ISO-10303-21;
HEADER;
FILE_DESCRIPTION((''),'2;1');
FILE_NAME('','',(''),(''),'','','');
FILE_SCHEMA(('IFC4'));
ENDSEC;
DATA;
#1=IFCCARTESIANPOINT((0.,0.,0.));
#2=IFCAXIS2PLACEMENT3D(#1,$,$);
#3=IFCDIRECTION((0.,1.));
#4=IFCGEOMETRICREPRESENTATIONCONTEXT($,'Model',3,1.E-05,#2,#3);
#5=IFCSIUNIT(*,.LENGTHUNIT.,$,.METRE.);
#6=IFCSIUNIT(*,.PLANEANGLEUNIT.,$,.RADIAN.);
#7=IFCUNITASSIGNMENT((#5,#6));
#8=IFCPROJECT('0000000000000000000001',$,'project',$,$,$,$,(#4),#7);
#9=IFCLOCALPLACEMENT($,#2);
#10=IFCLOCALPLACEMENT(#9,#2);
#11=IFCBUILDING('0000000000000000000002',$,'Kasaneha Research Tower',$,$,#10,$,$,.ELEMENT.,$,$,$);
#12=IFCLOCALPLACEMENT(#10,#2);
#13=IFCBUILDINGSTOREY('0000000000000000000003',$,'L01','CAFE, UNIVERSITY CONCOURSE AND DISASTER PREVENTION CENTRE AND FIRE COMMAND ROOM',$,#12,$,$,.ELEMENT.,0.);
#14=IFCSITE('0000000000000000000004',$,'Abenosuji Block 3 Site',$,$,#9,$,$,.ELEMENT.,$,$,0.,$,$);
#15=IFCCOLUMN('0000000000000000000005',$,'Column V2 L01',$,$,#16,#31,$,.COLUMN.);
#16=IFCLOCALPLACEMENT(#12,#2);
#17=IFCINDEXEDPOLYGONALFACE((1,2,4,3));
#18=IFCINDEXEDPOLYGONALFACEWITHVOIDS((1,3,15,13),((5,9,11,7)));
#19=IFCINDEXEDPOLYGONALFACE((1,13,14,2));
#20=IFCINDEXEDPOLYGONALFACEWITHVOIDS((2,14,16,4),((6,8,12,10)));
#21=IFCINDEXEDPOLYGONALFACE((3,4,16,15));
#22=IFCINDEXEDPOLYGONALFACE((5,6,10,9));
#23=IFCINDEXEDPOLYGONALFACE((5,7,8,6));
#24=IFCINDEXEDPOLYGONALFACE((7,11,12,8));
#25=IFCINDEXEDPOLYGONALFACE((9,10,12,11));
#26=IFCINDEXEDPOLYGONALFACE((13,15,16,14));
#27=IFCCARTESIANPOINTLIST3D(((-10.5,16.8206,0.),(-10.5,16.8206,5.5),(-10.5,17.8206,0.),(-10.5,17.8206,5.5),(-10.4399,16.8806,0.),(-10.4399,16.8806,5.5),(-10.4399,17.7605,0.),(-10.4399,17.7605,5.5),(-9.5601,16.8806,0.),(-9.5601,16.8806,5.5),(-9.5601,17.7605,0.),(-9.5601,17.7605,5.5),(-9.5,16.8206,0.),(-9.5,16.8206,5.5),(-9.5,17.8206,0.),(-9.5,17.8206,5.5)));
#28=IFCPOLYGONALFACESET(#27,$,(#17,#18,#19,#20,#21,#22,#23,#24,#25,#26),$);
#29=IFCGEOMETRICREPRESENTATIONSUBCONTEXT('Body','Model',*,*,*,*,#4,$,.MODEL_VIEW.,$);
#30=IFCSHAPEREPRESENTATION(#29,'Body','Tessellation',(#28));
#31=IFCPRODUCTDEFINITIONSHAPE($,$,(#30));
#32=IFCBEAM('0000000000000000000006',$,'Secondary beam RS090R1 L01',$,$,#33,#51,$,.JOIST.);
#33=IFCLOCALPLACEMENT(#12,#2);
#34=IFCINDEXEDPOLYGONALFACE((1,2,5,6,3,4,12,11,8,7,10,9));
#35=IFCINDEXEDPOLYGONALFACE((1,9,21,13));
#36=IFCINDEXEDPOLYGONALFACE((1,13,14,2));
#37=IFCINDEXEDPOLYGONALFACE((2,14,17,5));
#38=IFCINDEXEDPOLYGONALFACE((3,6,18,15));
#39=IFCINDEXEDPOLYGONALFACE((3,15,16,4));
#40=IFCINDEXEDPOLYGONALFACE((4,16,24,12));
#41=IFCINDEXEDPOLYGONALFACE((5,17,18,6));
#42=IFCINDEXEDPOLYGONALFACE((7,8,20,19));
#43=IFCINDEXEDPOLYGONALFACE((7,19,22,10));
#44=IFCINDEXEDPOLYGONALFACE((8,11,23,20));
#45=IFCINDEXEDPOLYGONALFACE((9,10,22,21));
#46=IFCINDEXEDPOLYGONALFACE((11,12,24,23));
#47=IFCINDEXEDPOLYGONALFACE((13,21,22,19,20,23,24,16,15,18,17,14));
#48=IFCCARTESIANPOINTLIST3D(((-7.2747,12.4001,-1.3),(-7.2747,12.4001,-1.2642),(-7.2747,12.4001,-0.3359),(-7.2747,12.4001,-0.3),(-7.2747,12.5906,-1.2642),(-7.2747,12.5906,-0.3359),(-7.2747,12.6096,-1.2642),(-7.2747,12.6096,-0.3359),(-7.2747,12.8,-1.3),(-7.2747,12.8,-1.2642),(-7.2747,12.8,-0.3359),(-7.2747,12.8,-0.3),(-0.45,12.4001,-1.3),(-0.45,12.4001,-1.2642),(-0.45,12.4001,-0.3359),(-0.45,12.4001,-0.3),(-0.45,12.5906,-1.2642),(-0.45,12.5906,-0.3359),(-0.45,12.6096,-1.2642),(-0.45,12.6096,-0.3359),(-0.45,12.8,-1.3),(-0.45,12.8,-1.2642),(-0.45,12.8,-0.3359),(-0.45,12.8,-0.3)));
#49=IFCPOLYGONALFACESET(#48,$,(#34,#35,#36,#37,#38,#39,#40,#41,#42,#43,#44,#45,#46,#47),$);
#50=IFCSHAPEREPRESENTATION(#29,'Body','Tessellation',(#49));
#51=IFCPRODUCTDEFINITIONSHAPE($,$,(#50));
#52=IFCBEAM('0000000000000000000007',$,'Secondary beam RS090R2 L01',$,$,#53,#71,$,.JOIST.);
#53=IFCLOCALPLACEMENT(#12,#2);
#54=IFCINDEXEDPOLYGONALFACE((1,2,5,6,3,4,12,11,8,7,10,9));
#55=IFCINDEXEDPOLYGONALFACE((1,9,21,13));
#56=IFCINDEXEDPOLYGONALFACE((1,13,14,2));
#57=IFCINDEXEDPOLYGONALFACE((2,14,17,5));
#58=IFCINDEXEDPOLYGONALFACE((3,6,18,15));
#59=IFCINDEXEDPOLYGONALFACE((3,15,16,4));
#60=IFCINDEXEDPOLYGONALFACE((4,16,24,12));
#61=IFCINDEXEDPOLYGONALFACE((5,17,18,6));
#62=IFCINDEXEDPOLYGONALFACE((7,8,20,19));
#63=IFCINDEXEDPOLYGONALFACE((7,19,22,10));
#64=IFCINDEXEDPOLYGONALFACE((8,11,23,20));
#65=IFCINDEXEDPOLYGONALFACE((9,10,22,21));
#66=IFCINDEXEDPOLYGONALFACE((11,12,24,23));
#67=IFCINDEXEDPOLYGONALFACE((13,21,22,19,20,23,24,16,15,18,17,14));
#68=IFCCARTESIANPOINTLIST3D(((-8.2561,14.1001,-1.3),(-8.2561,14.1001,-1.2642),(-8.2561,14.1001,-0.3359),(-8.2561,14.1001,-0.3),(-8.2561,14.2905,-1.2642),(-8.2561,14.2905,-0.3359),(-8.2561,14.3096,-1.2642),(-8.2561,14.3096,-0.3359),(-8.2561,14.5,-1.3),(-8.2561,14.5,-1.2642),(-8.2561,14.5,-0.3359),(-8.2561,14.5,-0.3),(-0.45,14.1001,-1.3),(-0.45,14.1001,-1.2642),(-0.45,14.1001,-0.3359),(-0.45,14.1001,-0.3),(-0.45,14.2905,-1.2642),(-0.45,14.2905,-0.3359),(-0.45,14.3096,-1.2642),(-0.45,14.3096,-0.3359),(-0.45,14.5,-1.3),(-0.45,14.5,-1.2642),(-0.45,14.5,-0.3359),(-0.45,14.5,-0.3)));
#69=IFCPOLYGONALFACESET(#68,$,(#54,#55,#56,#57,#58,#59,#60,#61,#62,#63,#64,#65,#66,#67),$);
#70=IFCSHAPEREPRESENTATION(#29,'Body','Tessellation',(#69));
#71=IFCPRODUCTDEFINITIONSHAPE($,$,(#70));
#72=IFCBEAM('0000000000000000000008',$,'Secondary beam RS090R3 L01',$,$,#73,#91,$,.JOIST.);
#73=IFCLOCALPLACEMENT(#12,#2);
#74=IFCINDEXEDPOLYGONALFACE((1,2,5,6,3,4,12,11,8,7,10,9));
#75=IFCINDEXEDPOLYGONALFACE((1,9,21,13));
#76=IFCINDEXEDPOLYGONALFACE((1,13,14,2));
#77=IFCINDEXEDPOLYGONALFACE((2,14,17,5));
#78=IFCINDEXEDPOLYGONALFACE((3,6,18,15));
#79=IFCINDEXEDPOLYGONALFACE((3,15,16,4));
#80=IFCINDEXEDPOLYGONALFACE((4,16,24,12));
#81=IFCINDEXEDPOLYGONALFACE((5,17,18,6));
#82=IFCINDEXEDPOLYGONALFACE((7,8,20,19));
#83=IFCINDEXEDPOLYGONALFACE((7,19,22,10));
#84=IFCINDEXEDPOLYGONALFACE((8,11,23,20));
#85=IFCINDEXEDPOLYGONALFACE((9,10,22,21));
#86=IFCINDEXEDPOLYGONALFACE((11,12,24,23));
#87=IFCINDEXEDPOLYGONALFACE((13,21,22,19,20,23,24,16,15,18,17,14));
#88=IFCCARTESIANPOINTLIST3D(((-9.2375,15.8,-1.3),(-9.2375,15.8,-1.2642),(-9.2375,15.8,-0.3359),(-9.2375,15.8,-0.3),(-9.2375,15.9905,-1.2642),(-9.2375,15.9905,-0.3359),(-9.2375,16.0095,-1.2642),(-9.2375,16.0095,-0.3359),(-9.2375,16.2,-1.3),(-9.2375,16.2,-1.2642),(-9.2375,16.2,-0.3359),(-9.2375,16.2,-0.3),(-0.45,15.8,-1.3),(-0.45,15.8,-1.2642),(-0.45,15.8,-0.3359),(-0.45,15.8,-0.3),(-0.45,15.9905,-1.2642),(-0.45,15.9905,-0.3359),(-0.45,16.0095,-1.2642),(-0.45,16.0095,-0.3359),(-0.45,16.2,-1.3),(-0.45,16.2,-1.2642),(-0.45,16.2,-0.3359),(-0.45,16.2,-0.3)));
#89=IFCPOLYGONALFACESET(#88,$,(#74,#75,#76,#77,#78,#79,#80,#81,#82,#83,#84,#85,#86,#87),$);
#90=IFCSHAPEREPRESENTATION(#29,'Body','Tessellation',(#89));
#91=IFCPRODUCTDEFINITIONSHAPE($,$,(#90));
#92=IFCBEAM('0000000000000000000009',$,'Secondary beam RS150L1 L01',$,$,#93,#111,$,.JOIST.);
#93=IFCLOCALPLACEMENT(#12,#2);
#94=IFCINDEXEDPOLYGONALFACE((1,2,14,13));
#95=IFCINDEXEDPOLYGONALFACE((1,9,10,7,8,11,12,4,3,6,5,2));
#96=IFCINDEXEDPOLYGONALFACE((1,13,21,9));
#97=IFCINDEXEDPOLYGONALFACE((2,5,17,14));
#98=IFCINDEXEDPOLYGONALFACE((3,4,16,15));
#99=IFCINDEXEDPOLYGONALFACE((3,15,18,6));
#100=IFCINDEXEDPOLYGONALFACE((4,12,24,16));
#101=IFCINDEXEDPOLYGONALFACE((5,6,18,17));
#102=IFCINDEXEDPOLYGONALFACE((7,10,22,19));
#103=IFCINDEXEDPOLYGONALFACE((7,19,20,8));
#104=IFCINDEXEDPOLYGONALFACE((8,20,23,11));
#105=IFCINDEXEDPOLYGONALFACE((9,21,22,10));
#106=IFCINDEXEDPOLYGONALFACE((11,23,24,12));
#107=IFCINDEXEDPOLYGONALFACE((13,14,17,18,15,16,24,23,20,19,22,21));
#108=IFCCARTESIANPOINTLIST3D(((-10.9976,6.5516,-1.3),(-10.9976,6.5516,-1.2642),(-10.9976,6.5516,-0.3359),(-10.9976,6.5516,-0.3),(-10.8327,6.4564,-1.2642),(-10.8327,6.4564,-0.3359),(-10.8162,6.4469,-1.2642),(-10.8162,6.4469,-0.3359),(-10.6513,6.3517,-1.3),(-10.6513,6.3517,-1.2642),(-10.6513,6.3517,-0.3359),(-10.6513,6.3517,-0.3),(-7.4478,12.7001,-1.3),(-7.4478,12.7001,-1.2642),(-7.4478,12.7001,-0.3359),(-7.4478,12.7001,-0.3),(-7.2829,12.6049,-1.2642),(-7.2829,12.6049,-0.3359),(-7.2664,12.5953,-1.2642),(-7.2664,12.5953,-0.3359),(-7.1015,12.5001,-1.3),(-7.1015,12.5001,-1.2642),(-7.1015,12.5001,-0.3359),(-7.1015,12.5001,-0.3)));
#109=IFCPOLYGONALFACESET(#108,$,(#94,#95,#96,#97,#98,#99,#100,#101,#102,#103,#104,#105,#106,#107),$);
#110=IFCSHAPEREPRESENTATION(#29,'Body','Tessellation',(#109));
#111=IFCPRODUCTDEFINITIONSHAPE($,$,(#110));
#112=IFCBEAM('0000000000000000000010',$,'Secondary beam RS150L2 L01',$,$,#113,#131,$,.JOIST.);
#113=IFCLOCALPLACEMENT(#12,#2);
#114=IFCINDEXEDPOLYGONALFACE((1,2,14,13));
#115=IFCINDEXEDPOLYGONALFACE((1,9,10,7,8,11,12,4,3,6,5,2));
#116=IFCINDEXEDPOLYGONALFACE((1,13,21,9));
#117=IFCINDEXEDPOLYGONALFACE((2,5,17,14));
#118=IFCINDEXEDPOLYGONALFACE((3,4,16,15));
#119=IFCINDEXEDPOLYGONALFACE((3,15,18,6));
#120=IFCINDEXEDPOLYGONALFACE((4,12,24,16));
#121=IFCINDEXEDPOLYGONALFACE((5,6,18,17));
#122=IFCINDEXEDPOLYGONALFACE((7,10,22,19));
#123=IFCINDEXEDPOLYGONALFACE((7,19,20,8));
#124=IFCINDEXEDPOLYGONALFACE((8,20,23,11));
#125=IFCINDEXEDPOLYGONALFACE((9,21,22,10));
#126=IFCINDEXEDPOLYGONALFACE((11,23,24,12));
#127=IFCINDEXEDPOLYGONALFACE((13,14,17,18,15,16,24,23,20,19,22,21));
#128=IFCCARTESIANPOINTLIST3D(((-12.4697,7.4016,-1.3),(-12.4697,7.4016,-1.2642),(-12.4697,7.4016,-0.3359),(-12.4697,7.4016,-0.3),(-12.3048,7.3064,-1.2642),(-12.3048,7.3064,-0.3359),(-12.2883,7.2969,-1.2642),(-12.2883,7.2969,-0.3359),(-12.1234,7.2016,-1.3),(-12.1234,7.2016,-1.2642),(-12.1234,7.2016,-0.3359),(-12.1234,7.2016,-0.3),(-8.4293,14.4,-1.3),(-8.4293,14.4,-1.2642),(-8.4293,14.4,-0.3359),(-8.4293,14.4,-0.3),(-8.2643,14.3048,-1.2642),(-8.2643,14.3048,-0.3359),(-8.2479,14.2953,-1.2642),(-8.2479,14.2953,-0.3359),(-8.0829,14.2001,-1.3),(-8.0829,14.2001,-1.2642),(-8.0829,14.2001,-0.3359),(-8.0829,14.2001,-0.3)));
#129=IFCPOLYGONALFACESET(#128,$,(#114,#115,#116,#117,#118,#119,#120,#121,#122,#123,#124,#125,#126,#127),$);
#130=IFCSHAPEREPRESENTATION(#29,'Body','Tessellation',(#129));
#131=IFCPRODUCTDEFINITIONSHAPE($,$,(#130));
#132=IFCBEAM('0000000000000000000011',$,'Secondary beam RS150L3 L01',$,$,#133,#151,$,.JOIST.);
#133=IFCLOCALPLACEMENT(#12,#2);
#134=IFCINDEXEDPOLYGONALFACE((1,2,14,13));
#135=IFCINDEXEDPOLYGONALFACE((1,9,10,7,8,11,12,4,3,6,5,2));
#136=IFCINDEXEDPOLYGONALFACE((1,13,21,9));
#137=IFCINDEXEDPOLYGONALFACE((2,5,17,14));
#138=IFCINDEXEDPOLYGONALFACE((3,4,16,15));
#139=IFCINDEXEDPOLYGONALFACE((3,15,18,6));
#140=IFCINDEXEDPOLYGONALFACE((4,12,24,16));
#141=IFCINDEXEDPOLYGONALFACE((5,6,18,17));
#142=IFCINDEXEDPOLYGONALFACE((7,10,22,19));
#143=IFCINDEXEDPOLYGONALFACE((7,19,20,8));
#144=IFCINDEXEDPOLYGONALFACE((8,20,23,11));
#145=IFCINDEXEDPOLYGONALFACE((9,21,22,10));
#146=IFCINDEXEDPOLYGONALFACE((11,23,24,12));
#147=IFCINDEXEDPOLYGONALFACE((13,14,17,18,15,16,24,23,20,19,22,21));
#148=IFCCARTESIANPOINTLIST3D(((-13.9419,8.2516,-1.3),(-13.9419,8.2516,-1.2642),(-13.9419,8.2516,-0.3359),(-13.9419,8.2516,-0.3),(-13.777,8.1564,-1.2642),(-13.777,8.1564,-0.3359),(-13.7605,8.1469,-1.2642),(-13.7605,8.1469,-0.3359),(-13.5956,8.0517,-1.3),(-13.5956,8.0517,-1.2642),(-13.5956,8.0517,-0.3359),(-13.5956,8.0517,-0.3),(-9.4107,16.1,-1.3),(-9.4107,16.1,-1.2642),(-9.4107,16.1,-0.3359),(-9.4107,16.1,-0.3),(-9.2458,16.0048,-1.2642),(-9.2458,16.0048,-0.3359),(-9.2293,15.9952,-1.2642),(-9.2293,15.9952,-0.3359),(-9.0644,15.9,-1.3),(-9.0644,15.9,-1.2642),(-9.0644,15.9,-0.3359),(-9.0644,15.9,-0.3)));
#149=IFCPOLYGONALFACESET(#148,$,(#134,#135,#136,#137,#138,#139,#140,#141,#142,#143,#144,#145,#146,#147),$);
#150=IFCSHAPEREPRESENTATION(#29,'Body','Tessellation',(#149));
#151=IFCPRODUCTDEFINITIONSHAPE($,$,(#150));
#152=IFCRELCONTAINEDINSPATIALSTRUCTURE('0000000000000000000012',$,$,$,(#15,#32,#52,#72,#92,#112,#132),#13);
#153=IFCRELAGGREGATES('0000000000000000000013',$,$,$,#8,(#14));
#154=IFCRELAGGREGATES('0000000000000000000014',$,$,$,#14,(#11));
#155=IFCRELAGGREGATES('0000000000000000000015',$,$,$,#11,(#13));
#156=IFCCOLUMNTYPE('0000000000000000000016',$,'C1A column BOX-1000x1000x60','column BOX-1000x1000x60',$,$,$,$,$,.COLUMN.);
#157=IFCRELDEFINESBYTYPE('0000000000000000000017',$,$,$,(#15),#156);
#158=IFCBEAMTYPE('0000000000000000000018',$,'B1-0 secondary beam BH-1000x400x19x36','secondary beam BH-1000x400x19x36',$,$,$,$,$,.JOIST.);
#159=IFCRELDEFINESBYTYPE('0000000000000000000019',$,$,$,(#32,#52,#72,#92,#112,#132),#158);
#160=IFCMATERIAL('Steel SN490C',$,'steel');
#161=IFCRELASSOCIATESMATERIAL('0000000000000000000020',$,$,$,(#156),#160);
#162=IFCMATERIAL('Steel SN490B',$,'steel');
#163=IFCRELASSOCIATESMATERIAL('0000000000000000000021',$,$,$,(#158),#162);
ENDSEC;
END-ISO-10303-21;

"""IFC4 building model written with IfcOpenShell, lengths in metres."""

from ifc_helpers import new_model, si_unit, direction, frame, origin, origin_2d, place, context, subcontext, project, spatial, hollow_rectangle, i_section, extrude, material, material_profile, profile_set, type_object, element, save


model = new_model("IFC4")

# Units and contexts
model_context = context("Model", 3, precision=1e-05, world=origin(), true_north=direction((0.0, 1.0)))
body_context = subcontext(model_context, "Body", "Model", "MODEL_VIEW")
ifc_project = project(units=[si_unit("LENGTHUNIT", "METRE"), si_unit("PLANEANGLEUNIT", "RADIAN")], contexts=[model_context])

# Site, building, storey
site_placement = place(None, origin())
site = spatial("IfcSite", under=ifc_project, at=site_placement, Name="Abenosuji Block 3 Site", CompositionType="ELEMENT", RefElevation=0.0)
building_placement = place(site_placement, origin())
building = spatial("IfcBuilding", under=site, at=building_placement, Name="Kasaneha Research Tower", CompositionType="ELEMENT")
storey_placement = place(building_placement, origin())
storey = spatial("IfcBuildingStorey", under=building, at=storey_placement, Name="L01", Description="CAFE, UNIVERSITY CONCOURSE AND DISASTER PREVENTION CENTRE AND FIRE COMMAND ROOM", CompositionType="ELEMENT", Elevation=0.0)

# Column
ifc_material_1 = material(Name="Steel SN490C", Category="steel")
ifc_material_profile_1 = material_profile(ifc_material_1, hollow_rectangle(XDim=1.0, YDim=1.0, WallThickness=0.0601, at=origin_2d()), Name="BOX-1000x1000x60")
ifc_profile_set_1 = profile_set([ifc_material_profile_1], Name="Steel SN490C")
column_type = type_object("IfcColumnType", Name="C1A column BOX-1000x1000x60", Description="column BOX-1000x1000x60", PredefinedType="COLUMN", material=ifc_profile_set_1)
column_placement = place(storey_placement, frame((-10.0, 17.3206, 0.0), z_axis=(0.0, 0.0, 1.0), x_axis=(1.0, 0.0, 0.0)))
element("IfcColumn", 1, at=column_placement, inside=storey, type_object=column_type, Name="Column V2 L01", PredefinedType="COLUMN", context=body_context, shape_type="SweptSolid", body=[
    extrude(hollow_rectangle(XDim=1.0, YDim=1.0, WallThickness=0.0601, at=origin_2d()), origin(), (0.0, 0.0, 1.0), 5.5),
])

# Beams
ifc_material_2 = material(Name="Steel SN490B", Category="steel")
ifc_material_profile_2 = material_profile(ifc_material_2, i_section(OverallWidth=0.3999, OverallDepth=1.0, WebThickness=0.019, FlangeThickness=0.0359, at=origin_2d()), Name="BH-1000x400x19x36")
ifc_profile_set_2 = profile_set([ifc_material_profile_2], Name="Steel SN490B")
beam_type_1 = type_object("IfcBeamType", Name="B1-0 secondary beam BH-1000x400x19x36", Description="secondary beam BH-1000x400x19x36", PredefinedType="JOIST", material=ifc_profile_set_2)
beam_1_placement = place(storey_placement, frame((-7.2747, 12.6001, -0.8), z_axis=(1.0, 0.0, 0.0), x_axis=(0.0, 1.0, 0.0)))
element("IfcBeam", 2, at=beam_1_placement, inside=storey, type_object=beam_type_1, Name="Secondary beam RS090R1 L01", PredefinedType="JOIST", context=body_context, shape_type="SweptSolid", body=[
    extrude(i_section(OverallWidth=0.3999, OverallDepth=1.0, WebThickness=0.019, FlangeThickness=0.0359, at=origin_2d()), origin(), (0.0, 0.0, 1.0), 6.8247),
])
beam_2_placement = place(storey_placement, frame((-8.2561, 14.3, -0.8), z_axis=(1.0, 0.0, 0.0), x_axis=(0.0, 1.0, 0.0)))
element("IfcBeam", 3, at=beam_2_placement, inside=storey, type_object=beam_type_1, Name="Secondary beam RS090R2 L01", PredefinedType="JOIST", context=body_context, shape_type="SweptSolid", body=[
    extrude(i_section(OverallWidth=0.3999, OverallDepth=1.0, WebThickness=0.019, FlangeThickness=0.0359, at=origin_2d()), origin(), (0.0, 0.0, 1.0), 7.8062),
])
beam_3_placement = place(storey_placement, frame((-9.2375, 16.0, -0.8), z_axis=(1.0, 0.0, 0.0), x_axis=(0.0, 1.0, 0.0)))
element("IfcBeam", 4, at=beam_3_placement, inside=storey, type_object=beam_type_1, Name="Secondary beam RS090R3 L01", PredefinedType="JOIST", context=body_context, shape_type="SweptSolid", body=[
    extrude(i_section(OverallWidth=0.3999, OverallDepth=1.0, WebThickness=0.019, FlangeThickness=0.0359, at=origin_2d()), origin(), (0.0, 0.0, 1.0), 8.7876),
])
beam_4_placement = place(storey_placement, frame((-7.2747, 12.6001, -0.8), z_axis=(-0.5, -0.866025, 0.0), x_axis=(0.866025, -0.5, 0.0)))
element("IfcBeam", 5, at=beam_4_placement, inside=storey, type_object=beam_type_1, Name="Secondary beam RS150L1 L01", PredefinedType="JOIST", context=body_context, shape_type="SweptSolid", body=[
    extrude(i_section(OverallWidth=0.3999, OverallDepth=1.0, WebThickness=0.019, FlangeThickness=0.0359, at=origin_2d()), origin(), (0.0, 0.0, 1.0), 7.0996),
])
beam_5_placement = place(storey_placement, frame((-8.2561, 14.3, -0.8), z_axis=(-0.499993, -0.86603, 0.0), x_axis=(0.86603, -0.499993, 0.0)))
element("IfcBeam", 6, at=beam_5_placement, inside=storey, type_object=beam_type_1, Name="Secondary beam RS150L2 L01", PredefinedType="JOIST", context=body_context, shape_type="SweptSolid", body=[
    extrude(i_section(OverallWidth=0.3999, OverallDepth=1.0, WebThickness=0.019, FlangeThickness=0.0359, at=origin_2d()), origin(), (0.0, 0.0, 1.0), 8.0811),
])
beam_6_placement = place(storey_placement, frame((-9.2375, 16.0, -0.8), z_axis=(-0.499998, -0.866026, 0.0), x_axis=(0.866026, -0.499998, 0.0)))
element("IfcBeam", 7, at=beam_6_placement, inside=storey, type_object=beam_type_1, Name="Secondary beam RS150L3 L01", PredefinedType="JOIST", context=body_context, shape_type="SweptSolid", body=[
    extrude(i_section(OverallWidth=0.3999, OverallDepth=1.0, WebThickness=0.019, FlangeThickness=0.0359, at=origin_2d()), origin(), (0.0, 0.0, 1.0), 9.0625),
])

save(model, "model.ifc")
